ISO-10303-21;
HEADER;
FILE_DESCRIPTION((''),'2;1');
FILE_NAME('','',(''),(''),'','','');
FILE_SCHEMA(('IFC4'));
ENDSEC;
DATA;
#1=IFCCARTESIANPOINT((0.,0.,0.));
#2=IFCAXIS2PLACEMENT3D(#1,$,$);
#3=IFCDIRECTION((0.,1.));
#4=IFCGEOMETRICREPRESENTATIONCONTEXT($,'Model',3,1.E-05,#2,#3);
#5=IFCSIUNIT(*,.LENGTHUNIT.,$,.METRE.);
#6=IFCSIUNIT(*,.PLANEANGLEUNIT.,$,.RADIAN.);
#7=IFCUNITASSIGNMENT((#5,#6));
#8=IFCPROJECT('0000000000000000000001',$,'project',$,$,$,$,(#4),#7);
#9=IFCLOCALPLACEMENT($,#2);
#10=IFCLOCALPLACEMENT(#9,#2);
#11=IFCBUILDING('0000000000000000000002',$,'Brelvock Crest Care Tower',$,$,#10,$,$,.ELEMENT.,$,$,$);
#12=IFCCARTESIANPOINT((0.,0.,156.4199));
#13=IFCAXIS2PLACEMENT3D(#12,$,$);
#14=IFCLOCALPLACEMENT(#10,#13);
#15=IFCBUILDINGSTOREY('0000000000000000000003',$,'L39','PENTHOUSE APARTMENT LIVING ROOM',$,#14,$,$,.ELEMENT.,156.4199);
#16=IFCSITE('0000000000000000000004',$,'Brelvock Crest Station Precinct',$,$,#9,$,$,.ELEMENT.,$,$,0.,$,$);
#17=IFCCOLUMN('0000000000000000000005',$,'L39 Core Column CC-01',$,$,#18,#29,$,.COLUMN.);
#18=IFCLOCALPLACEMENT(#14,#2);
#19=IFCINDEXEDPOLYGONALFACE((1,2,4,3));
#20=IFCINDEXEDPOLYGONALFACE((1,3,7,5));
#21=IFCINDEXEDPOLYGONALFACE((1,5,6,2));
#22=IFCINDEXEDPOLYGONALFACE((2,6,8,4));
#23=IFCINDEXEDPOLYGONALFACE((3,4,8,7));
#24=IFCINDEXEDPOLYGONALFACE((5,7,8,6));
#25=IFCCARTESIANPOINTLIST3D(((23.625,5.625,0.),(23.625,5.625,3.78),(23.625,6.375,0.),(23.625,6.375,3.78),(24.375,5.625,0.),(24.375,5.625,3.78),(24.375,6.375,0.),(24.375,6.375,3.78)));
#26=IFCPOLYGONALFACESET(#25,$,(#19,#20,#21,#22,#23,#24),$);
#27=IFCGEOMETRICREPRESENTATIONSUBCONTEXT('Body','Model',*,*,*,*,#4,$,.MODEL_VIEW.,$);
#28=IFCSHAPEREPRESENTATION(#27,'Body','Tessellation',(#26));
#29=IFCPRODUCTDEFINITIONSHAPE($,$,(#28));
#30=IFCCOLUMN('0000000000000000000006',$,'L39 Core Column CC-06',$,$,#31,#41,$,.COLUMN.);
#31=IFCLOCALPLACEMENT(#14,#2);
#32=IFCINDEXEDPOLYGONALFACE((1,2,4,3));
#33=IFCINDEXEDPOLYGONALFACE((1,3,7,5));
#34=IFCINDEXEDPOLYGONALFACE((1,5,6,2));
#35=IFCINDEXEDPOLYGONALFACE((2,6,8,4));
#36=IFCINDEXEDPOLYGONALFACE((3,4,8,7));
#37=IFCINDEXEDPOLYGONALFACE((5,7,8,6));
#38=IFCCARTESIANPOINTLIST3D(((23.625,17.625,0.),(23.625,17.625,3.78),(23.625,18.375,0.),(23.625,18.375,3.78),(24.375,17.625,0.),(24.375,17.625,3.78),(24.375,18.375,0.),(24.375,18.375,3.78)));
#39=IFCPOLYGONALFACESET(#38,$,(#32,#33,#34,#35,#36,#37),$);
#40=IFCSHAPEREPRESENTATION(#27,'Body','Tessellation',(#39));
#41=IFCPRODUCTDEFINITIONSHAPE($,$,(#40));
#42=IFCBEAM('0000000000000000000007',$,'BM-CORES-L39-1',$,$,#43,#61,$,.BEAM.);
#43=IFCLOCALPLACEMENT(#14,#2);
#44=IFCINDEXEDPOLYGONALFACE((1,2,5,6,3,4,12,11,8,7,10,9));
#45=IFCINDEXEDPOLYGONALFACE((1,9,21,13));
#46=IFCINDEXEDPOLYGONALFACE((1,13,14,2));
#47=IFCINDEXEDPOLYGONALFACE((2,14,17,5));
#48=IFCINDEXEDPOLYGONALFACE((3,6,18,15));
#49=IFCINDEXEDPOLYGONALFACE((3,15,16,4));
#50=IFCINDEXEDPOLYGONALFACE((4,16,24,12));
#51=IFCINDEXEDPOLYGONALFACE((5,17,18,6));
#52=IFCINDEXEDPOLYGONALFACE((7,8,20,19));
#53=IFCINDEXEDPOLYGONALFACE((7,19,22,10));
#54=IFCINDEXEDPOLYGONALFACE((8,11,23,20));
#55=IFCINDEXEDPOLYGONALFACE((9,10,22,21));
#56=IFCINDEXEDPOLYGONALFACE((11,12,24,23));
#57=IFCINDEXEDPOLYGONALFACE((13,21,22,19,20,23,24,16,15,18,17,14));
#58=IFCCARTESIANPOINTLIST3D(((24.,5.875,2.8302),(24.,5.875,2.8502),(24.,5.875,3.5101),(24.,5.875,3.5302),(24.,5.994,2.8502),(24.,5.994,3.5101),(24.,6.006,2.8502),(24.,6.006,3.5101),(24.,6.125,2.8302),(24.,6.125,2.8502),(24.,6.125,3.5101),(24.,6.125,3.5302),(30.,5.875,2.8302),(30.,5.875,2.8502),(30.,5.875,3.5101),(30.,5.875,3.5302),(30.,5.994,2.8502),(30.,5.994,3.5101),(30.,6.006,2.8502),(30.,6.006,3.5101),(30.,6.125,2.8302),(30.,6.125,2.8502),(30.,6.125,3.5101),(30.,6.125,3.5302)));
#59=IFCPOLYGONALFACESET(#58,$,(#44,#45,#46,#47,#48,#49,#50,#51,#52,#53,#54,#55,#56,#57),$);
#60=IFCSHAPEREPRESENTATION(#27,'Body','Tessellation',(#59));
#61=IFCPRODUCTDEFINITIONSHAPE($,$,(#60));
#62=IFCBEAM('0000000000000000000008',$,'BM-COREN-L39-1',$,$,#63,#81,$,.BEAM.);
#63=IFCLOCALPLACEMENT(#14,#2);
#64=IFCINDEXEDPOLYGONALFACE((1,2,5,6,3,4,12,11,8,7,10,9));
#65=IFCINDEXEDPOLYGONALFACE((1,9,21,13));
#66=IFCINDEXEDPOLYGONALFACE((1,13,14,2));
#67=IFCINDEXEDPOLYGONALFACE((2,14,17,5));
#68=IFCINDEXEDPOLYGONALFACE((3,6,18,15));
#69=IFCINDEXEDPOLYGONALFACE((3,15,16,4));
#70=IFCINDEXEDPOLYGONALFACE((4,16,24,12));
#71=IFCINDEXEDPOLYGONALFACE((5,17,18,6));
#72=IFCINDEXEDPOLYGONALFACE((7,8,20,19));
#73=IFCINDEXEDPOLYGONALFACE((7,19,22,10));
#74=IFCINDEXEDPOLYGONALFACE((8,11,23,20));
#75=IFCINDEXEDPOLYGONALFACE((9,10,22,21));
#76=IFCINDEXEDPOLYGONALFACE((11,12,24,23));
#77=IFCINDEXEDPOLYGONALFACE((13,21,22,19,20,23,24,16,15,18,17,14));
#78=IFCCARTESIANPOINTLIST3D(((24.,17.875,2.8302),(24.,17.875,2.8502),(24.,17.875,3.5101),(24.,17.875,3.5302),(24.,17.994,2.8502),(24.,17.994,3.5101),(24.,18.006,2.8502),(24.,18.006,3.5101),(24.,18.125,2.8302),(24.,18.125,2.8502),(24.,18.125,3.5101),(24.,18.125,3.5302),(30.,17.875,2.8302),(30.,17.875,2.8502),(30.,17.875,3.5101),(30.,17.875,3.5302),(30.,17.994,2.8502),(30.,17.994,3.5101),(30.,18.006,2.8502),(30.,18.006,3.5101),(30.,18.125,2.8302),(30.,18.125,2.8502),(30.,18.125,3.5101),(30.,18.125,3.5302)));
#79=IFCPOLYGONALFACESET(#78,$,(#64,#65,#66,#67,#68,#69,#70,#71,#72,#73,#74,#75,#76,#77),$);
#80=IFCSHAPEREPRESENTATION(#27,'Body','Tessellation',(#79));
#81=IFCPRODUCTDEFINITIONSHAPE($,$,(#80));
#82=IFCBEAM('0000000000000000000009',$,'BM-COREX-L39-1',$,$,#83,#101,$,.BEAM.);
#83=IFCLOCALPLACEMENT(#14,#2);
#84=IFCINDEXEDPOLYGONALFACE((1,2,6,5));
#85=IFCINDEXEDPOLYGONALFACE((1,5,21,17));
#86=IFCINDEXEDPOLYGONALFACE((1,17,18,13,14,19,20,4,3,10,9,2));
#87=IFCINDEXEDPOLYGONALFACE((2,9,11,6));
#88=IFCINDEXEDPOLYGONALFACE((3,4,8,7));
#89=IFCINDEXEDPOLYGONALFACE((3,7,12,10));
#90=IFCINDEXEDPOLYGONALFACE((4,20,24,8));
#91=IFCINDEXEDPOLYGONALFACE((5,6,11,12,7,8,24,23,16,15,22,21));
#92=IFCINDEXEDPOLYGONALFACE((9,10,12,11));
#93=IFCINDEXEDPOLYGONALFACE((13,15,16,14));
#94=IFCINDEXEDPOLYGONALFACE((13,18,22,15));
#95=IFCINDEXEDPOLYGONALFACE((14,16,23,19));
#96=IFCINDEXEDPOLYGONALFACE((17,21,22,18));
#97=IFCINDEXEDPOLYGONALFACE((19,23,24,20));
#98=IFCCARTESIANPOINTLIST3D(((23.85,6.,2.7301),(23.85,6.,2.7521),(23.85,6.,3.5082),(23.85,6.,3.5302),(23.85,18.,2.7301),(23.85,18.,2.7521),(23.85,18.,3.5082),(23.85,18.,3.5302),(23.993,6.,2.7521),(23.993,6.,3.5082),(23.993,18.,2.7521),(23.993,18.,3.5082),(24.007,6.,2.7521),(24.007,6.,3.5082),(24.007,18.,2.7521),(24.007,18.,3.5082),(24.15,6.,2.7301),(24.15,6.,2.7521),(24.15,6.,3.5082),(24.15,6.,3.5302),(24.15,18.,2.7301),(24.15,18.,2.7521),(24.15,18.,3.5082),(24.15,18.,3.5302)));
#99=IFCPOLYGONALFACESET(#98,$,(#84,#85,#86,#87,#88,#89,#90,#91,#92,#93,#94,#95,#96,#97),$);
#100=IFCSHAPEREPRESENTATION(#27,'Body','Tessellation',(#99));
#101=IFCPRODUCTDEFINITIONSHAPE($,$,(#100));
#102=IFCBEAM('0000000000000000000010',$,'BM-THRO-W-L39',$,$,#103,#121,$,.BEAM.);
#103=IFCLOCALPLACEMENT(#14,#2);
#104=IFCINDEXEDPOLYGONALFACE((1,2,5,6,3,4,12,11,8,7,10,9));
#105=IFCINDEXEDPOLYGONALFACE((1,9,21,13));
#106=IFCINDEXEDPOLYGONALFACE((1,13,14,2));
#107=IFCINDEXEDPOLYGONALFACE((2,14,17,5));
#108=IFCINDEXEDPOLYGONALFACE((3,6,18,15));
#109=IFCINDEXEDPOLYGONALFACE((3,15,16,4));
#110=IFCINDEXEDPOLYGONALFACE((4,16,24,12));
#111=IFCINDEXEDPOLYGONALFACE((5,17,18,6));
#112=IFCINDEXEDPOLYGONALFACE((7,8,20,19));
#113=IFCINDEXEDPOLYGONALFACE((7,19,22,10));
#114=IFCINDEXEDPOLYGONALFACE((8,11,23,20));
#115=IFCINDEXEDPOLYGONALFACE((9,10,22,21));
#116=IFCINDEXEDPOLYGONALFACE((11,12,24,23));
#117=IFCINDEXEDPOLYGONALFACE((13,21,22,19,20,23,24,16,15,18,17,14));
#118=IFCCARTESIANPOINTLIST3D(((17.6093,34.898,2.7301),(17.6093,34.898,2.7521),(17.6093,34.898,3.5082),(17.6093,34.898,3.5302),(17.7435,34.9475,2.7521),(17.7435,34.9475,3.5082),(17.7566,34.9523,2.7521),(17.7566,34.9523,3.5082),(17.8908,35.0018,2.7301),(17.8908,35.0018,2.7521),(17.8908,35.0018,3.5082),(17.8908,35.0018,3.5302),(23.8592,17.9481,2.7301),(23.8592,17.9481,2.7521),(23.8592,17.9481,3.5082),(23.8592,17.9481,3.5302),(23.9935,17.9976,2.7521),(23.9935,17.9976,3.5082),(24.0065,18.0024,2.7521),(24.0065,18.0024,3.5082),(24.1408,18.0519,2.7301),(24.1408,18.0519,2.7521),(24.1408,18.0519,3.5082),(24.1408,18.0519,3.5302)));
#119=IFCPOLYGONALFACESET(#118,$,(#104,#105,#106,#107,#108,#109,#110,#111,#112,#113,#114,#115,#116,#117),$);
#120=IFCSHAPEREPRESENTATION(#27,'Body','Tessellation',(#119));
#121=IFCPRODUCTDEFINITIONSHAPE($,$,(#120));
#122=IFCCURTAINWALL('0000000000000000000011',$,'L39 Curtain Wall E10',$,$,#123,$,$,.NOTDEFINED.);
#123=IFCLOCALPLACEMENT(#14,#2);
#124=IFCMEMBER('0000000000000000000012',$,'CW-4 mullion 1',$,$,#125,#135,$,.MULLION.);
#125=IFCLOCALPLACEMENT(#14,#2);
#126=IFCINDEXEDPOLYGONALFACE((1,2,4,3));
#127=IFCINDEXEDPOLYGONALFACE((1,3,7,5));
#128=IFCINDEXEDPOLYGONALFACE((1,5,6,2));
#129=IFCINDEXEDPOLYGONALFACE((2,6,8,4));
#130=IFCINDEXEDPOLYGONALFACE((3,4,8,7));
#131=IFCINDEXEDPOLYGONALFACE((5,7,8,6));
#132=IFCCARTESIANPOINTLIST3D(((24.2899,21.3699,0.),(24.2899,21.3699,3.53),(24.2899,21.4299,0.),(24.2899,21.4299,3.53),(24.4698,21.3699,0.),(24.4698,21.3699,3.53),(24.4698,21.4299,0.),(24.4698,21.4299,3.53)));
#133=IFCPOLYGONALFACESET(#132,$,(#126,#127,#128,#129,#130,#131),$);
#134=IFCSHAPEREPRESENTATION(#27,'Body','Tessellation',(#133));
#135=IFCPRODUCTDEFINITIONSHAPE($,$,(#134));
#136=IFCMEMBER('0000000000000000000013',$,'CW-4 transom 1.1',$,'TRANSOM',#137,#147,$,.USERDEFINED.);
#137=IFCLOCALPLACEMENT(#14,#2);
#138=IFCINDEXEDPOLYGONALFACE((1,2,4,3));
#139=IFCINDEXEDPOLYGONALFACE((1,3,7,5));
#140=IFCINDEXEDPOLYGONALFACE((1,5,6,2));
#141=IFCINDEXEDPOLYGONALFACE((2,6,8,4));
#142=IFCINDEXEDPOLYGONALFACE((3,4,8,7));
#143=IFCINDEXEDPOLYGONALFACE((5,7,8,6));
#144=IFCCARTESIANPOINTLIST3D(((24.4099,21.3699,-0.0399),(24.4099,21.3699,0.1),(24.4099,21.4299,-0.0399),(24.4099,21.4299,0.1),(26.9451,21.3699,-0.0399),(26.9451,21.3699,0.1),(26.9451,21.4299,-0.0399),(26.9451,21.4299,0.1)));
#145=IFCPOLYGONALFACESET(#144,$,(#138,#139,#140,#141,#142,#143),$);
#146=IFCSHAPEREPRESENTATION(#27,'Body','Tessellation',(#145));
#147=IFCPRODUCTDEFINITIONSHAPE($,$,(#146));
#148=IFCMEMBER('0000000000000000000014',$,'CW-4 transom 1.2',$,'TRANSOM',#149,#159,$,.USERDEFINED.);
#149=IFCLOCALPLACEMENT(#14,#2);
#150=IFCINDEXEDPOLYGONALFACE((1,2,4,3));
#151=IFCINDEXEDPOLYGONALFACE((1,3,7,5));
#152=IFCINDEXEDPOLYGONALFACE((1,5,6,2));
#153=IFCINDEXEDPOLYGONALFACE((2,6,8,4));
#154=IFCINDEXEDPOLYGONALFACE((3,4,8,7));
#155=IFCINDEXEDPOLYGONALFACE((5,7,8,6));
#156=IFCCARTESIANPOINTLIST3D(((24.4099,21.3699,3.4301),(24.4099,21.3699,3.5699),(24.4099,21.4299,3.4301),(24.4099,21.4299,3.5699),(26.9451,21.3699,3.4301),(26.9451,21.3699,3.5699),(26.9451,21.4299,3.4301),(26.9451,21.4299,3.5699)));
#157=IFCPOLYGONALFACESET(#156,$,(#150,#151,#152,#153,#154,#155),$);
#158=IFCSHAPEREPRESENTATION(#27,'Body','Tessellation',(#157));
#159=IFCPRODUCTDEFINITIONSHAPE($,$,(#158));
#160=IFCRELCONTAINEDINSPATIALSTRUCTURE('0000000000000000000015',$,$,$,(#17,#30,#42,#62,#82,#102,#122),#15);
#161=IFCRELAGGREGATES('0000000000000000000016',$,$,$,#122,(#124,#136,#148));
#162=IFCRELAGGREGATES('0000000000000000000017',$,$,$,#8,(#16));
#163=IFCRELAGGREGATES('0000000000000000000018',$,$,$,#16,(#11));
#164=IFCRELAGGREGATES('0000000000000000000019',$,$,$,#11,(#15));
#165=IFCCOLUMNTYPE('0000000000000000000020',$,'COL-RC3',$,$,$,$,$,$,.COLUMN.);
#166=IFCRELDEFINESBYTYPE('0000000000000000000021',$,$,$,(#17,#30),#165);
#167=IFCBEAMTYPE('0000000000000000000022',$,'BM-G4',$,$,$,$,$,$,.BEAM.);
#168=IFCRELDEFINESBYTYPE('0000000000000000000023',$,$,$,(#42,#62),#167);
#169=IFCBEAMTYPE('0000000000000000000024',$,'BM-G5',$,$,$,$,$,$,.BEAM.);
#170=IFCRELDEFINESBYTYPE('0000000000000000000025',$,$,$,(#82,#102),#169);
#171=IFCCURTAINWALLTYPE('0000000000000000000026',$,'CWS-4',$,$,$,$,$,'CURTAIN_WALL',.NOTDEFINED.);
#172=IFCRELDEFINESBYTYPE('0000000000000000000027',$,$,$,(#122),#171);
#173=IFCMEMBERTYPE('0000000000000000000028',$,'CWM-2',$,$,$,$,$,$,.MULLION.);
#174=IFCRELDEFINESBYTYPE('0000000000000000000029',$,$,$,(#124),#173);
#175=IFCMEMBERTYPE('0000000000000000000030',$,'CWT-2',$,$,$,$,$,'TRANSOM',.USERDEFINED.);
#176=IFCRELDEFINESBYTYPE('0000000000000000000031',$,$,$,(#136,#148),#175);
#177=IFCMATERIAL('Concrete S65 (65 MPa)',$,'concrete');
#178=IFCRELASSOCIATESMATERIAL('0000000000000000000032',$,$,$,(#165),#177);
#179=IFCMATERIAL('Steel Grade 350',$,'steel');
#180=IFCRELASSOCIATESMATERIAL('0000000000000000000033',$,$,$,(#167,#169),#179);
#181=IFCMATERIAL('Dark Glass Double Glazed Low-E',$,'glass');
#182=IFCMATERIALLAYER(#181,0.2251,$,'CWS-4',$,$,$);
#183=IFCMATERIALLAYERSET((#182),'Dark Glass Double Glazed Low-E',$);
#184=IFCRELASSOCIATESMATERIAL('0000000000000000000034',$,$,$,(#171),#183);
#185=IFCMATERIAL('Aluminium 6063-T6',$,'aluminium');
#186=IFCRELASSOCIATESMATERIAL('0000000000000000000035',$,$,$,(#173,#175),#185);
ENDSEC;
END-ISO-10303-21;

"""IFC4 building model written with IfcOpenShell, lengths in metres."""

from ifc_helpers import new_model, si_unit, direction, frame, origin, origin_2d, place, context, subcontext, project, spatial, rectangle, i_section, extrude, source, transform, mapped, material, layer, layer_set, material_profile, profile_set, type_object, element, aggregate, save


model = new_model("IFC4")

# Units and contexts
model_context = context("Model", 3, precision=1e-05, world=origin(), true_north=direction((0.0, 1.0)))
body_context = subcontext(model_context, "Body", "Model", "MODEL_VIEW")
ifc_project = project(units=[si_unit("LENGTHUNIT", "METRE"), si_unit("PLANEANGLEUNIT", "RADIAN")], contexts=[model_context])

# Site, building, storey
site_placement = place(None, origin())
site = spatial("IfcSite", under=ifc_project, at=site_placement, Name="Brelvock Crest Station Precinct", CompositionType="ELEMENT", RefElevation=0.0)
building_placement = place(site_placement, origin())
building = spatial("IfcBuilding", under=site, at=building_placement, Name="Brelvock Crest Care Tower", CompositionType="ELEMENT")
storey_placement = place(building_placement, frame((0.0, 0.0, 156.4199)))
storey = spatial("IfcBuildingStorey", under=building, at=storey_placement, Name="L39", Description="PENTHOUSE APARTMENT LIVING ROOM", CompositionType="ELEMENT", Elevation=156.4199)

# Columns
ifc_material_1 = material(Name="Concrete S65 (65 MPa)", Category="concrete")
ifc_material_profile_1 = material_profile(ifc_material_1, rectangle(XDim=0.75, YDim=0.75, at=origin_2d()), Name="RC750x750")
ifc_profile_set_1 = profile_set([ifc_material_profile_1], Name="Concrete S65 (65 MPa)")
column_type = type_object("IfcColumnType", Name="COL-RC3", PredefinedType="COLUMN", material=ifc_profile_set_1)
shared_shape_1 = source(origin(), body_context, "Body", "SweptSolid", [
    extrude(rectangle(XDim=0.75, YDim=0.75, at=origin_2d()), origin(), (0.0, 0.0, 1.0), 3.78),
])
for number, where, z_axis, x_axis, name in (
    (1, (24.0, 6.0, 0.0), (0.0, 0.0, 1.0), (1.0, 0.0, 0.0), "L39 Core Column CC-01"),
    (2, (24.0, 18.0, 0.0), (0.0, 0.0, 1.0), (1.0, 0.0, 0.0), "L39 Core Column CC-06"),
):
    element("IfcColumn", number, at=place(storey_placement, frame(where, z_axis=z_axis, x_axis=x_axis)), inside=storey, type_object=column_type, Name=name, PredefinedType="COLUMN", context=body_context, shape_type="MappedRepresentation", body=[
        mapped(shared_shape_1, transform((0.0, 0.0, 0.0), x_axis=(1.0, 0.0, 0.0), y_axis=(0.0, 1.0, 0.0), z_axis=(0.0, 0.0, 1.0), scale=1.0)),
    ])

# Beams
ifc_material_2 = material(Name="Steel Grade 350", Category="steel")
ifc_material_profile_2 = material_profile(ifc_material_2, i_section(OverallWidth=0.25, OverallDepth=0.7, WebThickness=0.012, FlangeThickness=0.02, at=origin_2d()), Name="700WB150")
ifc_profile_set_2 = profile_set([ifc_material_profile_2], Name="Steel Grade 350")
beam_type_1 = type_object("IfcBeamType", Name="BM-G4", PredefinedType="BEAM", material=ifc_profile_set_2)
shared_shape_2 = source(origin(), body_context, "Body", "SweptSolid", [
    extrude(i_section(OverallWidth=0.25, OverallDepth=0.7, WebThickness=0.012, FlangeThickness=0.02, at=origin_2d()), origin(), (0.0, 0.0, 1.0), 6.0),
])
for number, where, z_axis, x_axis, name in (
    (3, (24.0, 6.0, 3.1802), (1.0, 0.0, 0.0), (0.0, 1.0, 0.0), "BM-CORES-L39-1"),
    (4, (24.0, 18.0, 3.1802), (1.0, 0.0, 0.0), (0.0, 1.0, 0.0), "BM-COREN-L39-1"),
):
    element("IfcBeam", number, at=place(storey_placement, frame(where, z_axis=z_axis, x_axis=x_axis)), inside=storey, type_object=beam_type_1, Name=name, PredefinedType="BEAM", context=body_context, shape_type="MappedRepresentation", body=[
        mapped(shared_shape_2, transform((0.0, 0.0, 0.0), x_axis=(1.0, 0.0, 0.0), y_axis=(0.0, 1.0, 0.0), z_axis=(0.0, 0.0, 1.0), scale=1.0)),
    ])
ifc_material_profile_3 = material_profile(ifc_material_2, i_section(OverallWidth=0.3, OverallDepth=0.8, WebThickness=0.0139, FlangeThickness=0.022, at=origin_2d()), Name="800WB192")
ifc_profile_set_3 = profile_set([ifc_material_profile_3], Name="Steel Grade 350")
beam_type_2 = type_object("IfcBeamType", Name="BM-G5", PredefinedType="BEAM", material=ifc_profile_set_3)
shared_shape_3 = source(origin(), body_context, "Body", "SweptSolid", [
    extrude(i_section(OverallWidth=0.3, OverallDepth=0.8, WebThickness=0.0139, FlangeThickness=0.022, at=origin_2d()), origin(), (0.0, 0.0, 1.0), 12.0),
])
beam_1_placement = place(storey_placement, frame((24.0, 6.0, 3.1301), z_axis=(0.0, 1.0, 0.0), x_axis=(-1.0, 0.0, 0.0)))
element("IfcBeam", 5, at=beam_1_placement, inside=storey, type_object=beam_type_2, Name="BM-COREX-L39-1", PredefinedType="BEAM", context=body_context, shape_type="MappedRepresentation", body=[
    mapped(shared_shape_3, transform((0.0, 0.0, 0.0), x_axis=(1.0, 0.0, 0.0), y_axis=(0.0, 1.0, 0.0), z_axis=(0.0, 0.0, 1.0), scale=1.0)),
])
shared_shape_4 = source(origin(), body_context, "Body", "SweptSolid", [
    extrude(i_section(OverallWidth=0.3, OverallDepth=0.8, WebThickness=0.0139, FlangeThickness=0.022, at=origin_2d()), origin(), (0.0, 0.0, 1.0), 18.0654),
])
beam_2_placement = place(storey_placement, frame((24.0, 18.0, 3.1301), z_axis=(-0.345963, 0.938248, 0.0), x_axis=(-0.938248, -0.345963, 0.0)))
element("IfcBeam", 6, at=beam_2_placement, inside=storey, type_object=beam_type_2, Name="BM-THRO-W-L39", PredefinedType="BEAM", context=body_context, shape_type="MappedRepresentation", body=[
    mapped(shared_shape_4, transform((0.0, 0.0, 0.0), x_axis=(1.0, 0.0, 0.0), y_axis=(0.0, 1.0, 0.0), z_axis=(0.0, 0.0, 1.0), scale=1.0)),
])

# Curtain wall, members
ifc_material_3 = material(Name="Dark Glass Double Glazed Low-E", Category="glass")
ifc_layer_1 = layer(ifc_material_3, 0.2251, Name="CWS-4")
ifc_layer_set_1 = layer_set([ifc_layer_1], Name="Dark Glass Double Glazed Low-E")
curtain_wall_type = type_object("IfcCurtainWallType", Name="CWS-4", ElementType="CURTAIN_WALL", PredefinedType="NOTDEFINED", material=ifc_layer_set_1)
curtain_wall_placement = place(storey_placement, origin())
curtain_wall = element("IfcCurtainWall", 7, at=curtain_wall_placement, inside=storey, type_object=curtain_wall_type, Name="L39 Curtain Wall E10", PredefinedType="NOTDEFINED")
ifc_material_4 = material(Name="Aluminium 6063-T6", Category="aluminium")
ifc_material_profile_4 = material_profile(ifc_material_4, rectangle(XDim=0.0601, YDim=0.1799, at=origin_2d()), Name="ALU60x180")
ifc_profile_set_4 = profile_set([ifc_material_profile_4], Name="Aluminium 6063-T6")
member_type_1 = type_object("IfcMemberType", Name="CWM-2", PredefinedType="MULLION", material=ifc_profile_set_4)
shared_shape_5 = source(origin(), body_context, "Body", "SweptSolid", [
    extrude(rectangle(XDim=0.0601, YDim=0.1799, at=origin_2d()), origin(), (0.0, 0.0, 1.0), 3.53),
])
member_1_placement = place(storey_placement, frame((24.3799, 21.3999, 0.0), z_axis=(0.0, 0.0, 1.0), x_axis=(0.0, 1.0, 0.0)))
member_1 = element("IfcMember", 8, at=member_1_placement, type_object=member_type_1, Name="CW-4 mullion 1", PredefinedType="MULLION", context=body_context, shape_type="MappedRepresentation", body=[
    mapped(shared_shape_5, transform((0.0, 0.0, 0.0), x_axis=(1.0, 0.0, 0.0), y_axis=(0.0, 1.0, 0.0), z_axis=(0.0, 0.0, 1.0), scale=1.0)),
])
ifc_material_profile_5 = material_profile(ifc_material_4, rectangle(XDim=0.0601, YDim=0.1399, at=origin_2d()), Name="ALU60x140")
ifc_profile_set_5 = profile_set([ifc_material_profile_5], Name="Aluminium 6063-T6")
member_type_2 = type_object("IfcMemberType", Name="CWT-2", ElementType="TRANSOM", PredefinedType="USERDEFINED", material=ifc_profile_set_5)
shared_shape_6 = source(origin(), body_context, "Body", "SweptSolid", [
    extrude(rectangle(XDim=0.0601, YDim=0.1399, at=origin_2d()), origin(), (0.0, 0.0, 1.0), 2.5352),
])
member_2_placement = place(storey_placement, frame((24.4099, 21.3999, 0.03), z_axis=(1.0, 0.0, 0.0), x_axis=(0.0, 1.0, 0.0)))
member_2 = element("IfcMember", 9, at=member_2_placement, type_object=member_type_2, Name="CW-4 transom 1.1", ObjectType="TRANSOM", PredefinedType="USERDEFINED", context=body_context, shape_type="MappedRepresentation", body=[
    mapped(shared_shape_6, transform((0.0, 0.0, 0.0), x_axis=(1.0, 0.0, 0.0), y_axis=(0.0, 1.0, 0.0), z_axis=(0.0, 0.0, 1.0), scale=1.0)),
])
member_3_placement = place(storey_placement, frame((24.4099, 21.3999, 3.5), z_axis=(1.0, 0.0, 0.0), x_axis=(0.0, 1.0, 0.0)))
member_3 = element("IfcMember", 10, at=member_3_placement, type_object=member_type_2, Name="CW-4 transom 1.2", ObjectType="TRANSOM", PredefinedType="USERDEFINED", context=body_context, shape_type="MappedRepresentation", body=[
    mapped(shared_shape_6, transform((0.0, 0.0, 0.0), x_axis=(1.0, 0.0, 0.0), y_axis=(0.0, 1.0, 0.0), z_axis=(0.0, 0.0, 1.0), scale=1.0)),
])

aggregate(curtain_wall, [member_1, member_2, member_3])

save(model, "model.ifc")
